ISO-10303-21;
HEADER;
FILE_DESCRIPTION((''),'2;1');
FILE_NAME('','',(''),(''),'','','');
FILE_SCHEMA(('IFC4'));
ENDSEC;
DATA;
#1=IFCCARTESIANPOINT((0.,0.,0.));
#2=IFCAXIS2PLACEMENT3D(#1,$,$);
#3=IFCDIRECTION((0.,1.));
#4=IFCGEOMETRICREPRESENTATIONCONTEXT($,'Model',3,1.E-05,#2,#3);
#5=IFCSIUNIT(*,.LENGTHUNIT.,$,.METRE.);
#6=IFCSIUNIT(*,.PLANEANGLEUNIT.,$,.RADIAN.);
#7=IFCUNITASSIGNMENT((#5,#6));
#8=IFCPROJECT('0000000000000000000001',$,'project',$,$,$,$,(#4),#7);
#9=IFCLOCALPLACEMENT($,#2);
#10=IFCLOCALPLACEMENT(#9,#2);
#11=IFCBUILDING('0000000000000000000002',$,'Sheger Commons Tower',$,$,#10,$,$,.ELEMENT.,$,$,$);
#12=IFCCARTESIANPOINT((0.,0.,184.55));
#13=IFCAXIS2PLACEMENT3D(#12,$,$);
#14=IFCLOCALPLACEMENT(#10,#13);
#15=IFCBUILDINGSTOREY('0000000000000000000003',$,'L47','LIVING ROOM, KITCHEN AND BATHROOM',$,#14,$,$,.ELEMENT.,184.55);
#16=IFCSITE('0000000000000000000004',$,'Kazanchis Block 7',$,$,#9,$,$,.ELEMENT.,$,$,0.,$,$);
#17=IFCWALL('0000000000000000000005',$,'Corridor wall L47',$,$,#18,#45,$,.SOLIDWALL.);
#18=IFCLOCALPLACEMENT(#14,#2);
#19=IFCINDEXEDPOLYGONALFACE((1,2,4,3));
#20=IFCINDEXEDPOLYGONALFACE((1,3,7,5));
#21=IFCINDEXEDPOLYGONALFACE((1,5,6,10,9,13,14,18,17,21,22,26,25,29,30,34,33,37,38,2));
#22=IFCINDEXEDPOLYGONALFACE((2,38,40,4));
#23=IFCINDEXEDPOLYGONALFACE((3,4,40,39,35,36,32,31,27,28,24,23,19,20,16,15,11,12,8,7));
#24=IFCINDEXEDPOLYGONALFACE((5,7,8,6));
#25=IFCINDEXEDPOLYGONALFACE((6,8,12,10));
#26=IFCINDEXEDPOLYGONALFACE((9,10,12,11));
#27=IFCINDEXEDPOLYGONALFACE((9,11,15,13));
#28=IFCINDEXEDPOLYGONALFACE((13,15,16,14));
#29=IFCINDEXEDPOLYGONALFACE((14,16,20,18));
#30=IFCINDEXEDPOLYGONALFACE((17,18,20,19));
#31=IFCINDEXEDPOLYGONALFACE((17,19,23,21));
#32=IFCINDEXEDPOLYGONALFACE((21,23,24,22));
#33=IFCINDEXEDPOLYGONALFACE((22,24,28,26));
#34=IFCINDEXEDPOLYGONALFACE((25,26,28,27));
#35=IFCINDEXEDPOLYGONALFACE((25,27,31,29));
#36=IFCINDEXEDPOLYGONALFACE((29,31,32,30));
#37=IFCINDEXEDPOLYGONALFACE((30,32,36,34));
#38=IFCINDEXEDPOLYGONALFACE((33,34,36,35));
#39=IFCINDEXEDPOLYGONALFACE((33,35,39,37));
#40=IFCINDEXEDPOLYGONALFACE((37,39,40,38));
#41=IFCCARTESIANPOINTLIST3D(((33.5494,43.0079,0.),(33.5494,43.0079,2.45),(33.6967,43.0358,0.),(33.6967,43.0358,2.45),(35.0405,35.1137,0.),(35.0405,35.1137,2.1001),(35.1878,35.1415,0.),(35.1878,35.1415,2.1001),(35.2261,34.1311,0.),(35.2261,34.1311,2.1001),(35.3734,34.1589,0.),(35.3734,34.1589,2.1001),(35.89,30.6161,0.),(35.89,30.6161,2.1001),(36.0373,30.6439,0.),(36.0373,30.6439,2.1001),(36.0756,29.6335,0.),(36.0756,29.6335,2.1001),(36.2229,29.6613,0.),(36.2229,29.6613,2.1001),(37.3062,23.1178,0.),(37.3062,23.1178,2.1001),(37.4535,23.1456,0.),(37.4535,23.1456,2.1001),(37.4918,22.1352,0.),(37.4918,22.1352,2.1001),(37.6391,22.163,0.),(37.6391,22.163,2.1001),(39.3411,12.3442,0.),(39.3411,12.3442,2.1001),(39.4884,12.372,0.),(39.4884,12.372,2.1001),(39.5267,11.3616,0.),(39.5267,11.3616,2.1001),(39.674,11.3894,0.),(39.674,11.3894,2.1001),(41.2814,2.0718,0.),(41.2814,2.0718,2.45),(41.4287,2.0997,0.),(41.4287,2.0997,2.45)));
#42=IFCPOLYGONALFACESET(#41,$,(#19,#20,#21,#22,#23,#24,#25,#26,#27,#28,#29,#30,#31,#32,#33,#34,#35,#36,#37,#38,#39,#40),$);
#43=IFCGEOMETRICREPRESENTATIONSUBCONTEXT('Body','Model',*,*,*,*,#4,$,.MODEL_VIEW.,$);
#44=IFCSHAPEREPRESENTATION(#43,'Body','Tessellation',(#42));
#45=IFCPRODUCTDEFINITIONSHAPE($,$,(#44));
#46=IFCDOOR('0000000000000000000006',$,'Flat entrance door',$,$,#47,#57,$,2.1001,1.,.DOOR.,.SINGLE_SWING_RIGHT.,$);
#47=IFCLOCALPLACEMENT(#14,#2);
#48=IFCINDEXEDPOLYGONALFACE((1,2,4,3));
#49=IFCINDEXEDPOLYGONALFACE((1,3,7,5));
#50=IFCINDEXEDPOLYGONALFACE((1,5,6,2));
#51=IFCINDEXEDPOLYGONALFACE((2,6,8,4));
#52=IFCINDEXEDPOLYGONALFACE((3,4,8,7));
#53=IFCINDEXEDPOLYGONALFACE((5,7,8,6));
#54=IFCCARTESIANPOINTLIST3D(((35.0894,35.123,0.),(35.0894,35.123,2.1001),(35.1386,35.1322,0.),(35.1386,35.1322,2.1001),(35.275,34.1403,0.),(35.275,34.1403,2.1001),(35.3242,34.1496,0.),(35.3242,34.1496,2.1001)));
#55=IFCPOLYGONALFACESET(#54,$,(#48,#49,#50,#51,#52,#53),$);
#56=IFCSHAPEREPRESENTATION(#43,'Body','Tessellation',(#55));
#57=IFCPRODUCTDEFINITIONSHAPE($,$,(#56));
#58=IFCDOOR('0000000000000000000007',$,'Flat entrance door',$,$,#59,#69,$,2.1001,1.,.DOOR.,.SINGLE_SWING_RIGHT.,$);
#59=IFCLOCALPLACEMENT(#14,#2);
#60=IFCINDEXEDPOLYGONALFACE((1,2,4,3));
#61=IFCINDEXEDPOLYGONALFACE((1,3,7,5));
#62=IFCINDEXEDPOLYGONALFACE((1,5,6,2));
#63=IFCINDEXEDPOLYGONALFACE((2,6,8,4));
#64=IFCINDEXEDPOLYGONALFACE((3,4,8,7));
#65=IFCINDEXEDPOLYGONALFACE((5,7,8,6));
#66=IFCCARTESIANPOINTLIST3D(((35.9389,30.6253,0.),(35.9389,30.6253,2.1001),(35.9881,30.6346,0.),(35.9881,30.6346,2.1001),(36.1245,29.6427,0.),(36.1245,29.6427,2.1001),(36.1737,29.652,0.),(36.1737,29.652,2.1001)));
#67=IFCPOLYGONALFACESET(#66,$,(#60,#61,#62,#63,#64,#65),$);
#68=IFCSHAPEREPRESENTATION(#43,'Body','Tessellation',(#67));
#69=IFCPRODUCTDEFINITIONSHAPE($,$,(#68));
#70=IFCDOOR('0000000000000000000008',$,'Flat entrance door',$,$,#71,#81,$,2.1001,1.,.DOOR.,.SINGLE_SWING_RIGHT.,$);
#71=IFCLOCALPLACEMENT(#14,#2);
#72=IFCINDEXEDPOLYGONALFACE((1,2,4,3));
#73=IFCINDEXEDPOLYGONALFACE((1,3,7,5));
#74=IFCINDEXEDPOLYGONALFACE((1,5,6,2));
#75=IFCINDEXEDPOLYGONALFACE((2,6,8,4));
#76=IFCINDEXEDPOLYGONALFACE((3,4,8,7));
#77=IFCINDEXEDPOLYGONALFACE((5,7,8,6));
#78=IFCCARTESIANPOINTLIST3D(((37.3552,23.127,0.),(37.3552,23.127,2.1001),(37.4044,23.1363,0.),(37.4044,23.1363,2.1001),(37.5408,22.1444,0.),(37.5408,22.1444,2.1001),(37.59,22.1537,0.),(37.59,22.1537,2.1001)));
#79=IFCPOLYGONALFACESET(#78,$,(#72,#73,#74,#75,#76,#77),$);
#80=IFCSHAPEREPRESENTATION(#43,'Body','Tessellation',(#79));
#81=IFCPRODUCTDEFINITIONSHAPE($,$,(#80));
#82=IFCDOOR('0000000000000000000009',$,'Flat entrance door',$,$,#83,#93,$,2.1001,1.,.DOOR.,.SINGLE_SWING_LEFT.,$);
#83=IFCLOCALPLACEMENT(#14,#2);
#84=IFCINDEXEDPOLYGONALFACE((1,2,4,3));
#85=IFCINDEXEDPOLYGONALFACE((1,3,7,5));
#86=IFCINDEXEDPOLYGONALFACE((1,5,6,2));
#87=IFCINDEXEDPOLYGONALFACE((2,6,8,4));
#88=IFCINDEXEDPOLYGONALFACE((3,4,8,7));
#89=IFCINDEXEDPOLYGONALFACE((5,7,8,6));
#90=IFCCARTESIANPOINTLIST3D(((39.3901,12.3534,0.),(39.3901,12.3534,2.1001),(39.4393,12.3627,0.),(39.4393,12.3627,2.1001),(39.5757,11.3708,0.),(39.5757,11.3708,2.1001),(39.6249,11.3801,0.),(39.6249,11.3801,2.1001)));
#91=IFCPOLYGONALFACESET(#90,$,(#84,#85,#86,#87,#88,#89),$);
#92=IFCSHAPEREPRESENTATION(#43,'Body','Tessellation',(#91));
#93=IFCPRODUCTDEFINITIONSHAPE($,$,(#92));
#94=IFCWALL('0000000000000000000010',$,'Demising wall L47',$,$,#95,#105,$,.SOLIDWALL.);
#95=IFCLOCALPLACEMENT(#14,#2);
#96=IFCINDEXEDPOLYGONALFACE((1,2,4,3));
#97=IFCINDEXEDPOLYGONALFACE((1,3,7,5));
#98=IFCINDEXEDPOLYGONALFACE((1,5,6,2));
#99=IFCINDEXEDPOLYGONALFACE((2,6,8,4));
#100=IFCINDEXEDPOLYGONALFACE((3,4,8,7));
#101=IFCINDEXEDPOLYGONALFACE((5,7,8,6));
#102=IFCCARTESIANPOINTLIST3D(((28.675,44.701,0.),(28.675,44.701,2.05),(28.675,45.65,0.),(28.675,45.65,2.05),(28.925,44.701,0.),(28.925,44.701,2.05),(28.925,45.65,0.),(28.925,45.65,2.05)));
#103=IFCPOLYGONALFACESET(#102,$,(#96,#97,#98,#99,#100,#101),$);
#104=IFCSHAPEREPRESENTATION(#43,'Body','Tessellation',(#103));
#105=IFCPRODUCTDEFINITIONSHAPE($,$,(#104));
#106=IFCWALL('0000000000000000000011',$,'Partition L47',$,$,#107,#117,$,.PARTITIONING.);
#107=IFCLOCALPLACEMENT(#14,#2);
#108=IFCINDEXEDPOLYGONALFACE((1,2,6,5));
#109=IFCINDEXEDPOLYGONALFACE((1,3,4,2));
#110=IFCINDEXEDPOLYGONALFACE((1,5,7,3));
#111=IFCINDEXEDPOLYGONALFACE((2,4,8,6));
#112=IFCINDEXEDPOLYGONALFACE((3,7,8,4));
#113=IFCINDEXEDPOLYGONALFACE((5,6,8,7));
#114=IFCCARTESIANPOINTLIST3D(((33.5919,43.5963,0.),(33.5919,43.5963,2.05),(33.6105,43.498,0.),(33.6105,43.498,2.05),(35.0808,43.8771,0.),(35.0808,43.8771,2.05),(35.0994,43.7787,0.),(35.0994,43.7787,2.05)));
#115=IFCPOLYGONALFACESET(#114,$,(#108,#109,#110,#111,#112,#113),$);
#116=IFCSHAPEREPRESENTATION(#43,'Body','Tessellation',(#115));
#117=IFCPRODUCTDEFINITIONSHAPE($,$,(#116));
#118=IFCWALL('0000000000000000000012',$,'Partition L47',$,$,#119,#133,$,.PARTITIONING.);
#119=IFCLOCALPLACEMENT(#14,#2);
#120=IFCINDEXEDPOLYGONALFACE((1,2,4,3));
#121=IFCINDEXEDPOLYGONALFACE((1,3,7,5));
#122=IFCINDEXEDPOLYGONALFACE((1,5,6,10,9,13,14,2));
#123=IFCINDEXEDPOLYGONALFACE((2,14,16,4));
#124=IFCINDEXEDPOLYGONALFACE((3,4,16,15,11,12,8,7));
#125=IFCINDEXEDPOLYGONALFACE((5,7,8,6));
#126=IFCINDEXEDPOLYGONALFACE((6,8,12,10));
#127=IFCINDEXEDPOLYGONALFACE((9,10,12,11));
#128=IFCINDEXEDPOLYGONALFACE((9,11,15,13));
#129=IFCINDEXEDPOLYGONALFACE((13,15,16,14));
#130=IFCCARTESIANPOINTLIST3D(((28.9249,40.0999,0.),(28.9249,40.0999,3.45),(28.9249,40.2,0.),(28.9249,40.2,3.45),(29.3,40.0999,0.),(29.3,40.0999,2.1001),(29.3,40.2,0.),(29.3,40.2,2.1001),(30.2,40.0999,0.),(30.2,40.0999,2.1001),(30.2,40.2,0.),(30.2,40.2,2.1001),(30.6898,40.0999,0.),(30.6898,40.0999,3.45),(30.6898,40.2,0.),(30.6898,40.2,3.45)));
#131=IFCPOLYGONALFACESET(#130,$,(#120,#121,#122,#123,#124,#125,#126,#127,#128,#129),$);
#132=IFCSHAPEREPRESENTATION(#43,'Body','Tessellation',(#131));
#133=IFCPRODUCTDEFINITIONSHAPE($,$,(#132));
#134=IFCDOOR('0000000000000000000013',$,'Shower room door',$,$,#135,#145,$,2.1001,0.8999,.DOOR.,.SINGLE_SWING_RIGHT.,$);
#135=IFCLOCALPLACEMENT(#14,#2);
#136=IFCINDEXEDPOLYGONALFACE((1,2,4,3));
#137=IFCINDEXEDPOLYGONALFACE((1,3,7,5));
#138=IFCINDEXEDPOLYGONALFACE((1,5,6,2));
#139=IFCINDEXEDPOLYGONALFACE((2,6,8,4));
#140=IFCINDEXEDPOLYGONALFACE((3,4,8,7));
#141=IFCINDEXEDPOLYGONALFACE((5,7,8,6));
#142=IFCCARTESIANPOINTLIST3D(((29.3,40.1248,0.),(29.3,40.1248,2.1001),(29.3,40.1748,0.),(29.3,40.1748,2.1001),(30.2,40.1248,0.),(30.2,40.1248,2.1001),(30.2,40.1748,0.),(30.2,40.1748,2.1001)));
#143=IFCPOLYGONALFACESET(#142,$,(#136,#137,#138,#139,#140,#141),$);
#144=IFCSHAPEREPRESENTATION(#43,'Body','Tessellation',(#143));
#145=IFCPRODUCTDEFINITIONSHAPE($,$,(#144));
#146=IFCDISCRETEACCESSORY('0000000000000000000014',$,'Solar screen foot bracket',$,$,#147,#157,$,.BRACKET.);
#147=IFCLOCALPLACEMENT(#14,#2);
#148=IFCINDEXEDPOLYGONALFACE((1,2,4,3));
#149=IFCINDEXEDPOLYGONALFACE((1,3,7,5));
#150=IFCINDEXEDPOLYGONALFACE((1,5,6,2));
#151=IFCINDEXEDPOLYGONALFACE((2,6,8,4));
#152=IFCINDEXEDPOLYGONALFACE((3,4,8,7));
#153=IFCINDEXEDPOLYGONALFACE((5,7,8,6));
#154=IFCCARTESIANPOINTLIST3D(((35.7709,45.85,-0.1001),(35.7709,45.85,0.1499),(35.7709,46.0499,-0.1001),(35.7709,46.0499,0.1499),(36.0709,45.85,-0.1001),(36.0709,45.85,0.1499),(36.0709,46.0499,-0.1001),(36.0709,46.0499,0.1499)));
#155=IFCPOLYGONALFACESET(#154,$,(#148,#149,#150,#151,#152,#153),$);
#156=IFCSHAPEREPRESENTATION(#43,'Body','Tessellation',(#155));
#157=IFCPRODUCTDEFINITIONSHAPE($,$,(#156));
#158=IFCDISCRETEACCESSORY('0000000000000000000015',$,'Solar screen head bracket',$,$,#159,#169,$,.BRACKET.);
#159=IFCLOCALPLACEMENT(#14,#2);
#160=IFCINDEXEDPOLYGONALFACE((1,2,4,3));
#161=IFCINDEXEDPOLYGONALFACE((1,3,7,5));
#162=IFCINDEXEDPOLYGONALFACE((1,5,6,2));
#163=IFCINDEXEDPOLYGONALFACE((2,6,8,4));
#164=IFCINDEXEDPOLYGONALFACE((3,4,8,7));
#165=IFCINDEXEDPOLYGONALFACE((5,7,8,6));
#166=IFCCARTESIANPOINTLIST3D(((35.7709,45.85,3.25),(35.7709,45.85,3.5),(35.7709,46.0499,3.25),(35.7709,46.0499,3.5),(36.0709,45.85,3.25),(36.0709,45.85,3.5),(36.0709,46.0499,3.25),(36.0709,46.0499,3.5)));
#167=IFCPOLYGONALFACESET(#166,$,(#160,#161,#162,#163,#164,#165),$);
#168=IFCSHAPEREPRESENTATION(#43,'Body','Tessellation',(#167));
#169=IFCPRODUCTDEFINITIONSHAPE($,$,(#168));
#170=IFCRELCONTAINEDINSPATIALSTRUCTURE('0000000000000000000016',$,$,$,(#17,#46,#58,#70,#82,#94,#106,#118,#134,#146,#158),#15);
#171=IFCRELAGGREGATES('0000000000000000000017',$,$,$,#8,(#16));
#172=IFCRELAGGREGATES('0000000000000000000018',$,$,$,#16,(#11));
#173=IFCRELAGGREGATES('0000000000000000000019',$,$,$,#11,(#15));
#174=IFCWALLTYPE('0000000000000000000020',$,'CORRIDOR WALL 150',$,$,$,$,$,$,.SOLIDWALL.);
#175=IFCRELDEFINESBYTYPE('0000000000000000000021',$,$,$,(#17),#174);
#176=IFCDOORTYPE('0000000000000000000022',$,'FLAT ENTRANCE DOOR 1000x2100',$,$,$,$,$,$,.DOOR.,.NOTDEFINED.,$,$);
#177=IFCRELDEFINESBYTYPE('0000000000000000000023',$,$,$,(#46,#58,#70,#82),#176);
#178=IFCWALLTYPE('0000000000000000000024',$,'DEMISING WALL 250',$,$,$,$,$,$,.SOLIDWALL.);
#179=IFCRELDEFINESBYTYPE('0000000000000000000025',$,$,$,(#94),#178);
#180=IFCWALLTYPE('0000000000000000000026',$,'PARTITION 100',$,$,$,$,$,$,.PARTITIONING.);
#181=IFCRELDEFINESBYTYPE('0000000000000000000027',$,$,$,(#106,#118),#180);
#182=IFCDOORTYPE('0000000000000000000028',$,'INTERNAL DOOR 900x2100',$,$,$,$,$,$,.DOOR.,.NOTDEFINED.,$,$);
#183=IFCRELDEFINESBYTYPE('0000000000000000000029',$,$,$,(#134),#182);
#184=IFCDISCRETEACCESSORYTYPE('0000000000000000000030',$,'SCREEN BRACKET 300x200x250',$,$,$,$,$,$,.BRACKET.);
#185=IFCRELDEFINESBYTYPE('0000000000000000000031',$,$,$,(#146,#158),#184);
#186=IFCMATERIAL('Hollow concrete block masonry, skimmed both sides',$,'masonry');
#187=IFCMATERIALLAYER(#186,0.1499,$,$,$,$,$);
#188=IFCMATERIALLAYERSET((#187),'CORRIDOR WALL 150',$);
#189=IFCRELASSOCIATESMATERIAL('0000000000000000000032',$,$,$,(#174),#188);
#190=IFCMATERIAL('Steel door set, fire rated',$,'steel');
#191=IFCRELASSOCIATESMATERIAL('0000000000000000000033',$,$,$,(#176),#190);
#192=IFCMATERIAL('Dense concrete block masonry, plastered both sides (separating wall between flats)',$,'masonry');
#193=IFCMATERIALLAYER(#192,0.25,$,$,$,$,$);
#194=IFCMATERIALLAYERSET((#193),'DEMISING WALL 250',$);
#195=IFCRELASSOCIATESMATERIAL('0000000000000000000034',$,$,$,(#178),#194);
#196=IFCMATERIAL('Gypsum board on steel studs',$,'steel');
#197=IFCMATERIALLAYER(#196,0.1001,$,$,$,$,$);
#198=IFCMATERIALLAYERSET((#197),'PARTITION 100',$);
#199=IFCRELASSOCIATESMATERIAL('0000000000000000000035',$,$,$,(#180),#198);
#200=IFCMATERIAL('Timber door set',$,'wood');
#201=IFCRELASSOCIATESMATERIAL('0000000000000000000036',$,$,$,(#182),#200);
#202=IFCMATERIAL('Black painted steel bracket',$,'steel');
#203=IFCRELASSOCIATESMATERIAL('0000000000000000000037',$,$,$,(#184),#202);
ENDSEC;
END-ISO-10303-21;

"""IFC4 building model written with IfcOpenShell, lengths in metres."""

from ifc_helpers import new_model, si_unit, direction, frame, frame_2d, origin, origin_2d, place, context, subcontext, project, spatial, rectangle, extrude, material, layer, layer_set, type_object, element, fill, save


model = new_model("IFC4")

# Units and contexts
model_context = context("Model", 3, precision=1e-05, world=origin(), true_north=direction((0.0, 1.0)))
body_context = subcontext(model_context, "Body", "Model", "MODEL_VIEW")
ifc_project = project(units=[si_unit("LENGTHUNIT", "METRE"), si_unit("PLANEANGLEUNIT", "RADIAN")], contexts=[model_context])

# Site, building, storey
site_placement = place(None, origin())
site = spatial("IfcSite", under=ifc_project, at=site_placement, Name="Kazanchis Block 7", CompositionType="ELEMENT", RefElevation=0.0)
building_placement = place(site_placement, origin())
building = spatial("IfcBuilding", under=site, at=building_placement, Name="Sheger Commons Tower", CompositionType="ELEMENT")
storey_placement = place(building_placement, frame((0.0, 0.0, 184.55)))
storey = spatial("IfcBuildingStorey", under=building, at=storey_placement, Name="L47", Description="LIVING ROOM, KITCHEN AND BATHROOM", CompositionType="ELEMENT", Elevation=184.55)

# Shared definitions
ifc_material_1 = material(Name="Hollow concrete block masonry, skimmed both sides", Category="masonry")
ifc_layer_1 = layer(ifc_material_1, 0.1499)
ifc_layer_set_1 = layer_set([ifc_layer_1], Name="CORRIDOR WALL 150")
wall_type_1 = type_object("IfcWallType", Name="CORRIDOR WALL 150", PredefinedType="SOLIDWALL", material=ifc_layer_set_1)

# Wall, openings, doors
wall_1_placement = place(storey_placement, frame((33.623, 43.022, 0.0), z_axis=(0.0, 0.0, 1.0), x_axis=(0.185597, -0.982626, 0.0)))
wall_1 = element("IfcWall", 1, at=wall_1_placement, inside=storey, type_object=wall_type_1, Name="Corridor wall L47", PredefinedType="SOLIDWALL", context=body_context, shape_type="SweptSolid", body=[
    extrude(rectangle(XDim=41.6599, YDim=0.1499, at=frame_2d((20.8301, 0.0))), origin(), (0.0, 0.0, 1.0), 2.45),
])
opening_1_placement = place(wall_1_placement, frame((8.0339, 0.0, 0.0)))
opening_1 = element("IfcOpeningElement", 2, at=opening_1_placement, cuts=wall_1, PredefinedType="OPENING", context=body_context, shape_type="SweptSolid", body=[
    extrude(rectangle(XDim=1.0, YDim=2.1001, at=frame_2d((0.5, 1.05))), frame((0.0, 0.085, 0.0), z_axis=(0.0, -1.0, 0.0), x_axis=(1.0, 0.0, 0.0)), (0.0, 0.0, 1.0), 0.1699),
])
opening_2_placement = place(wall_1_placement, frame((12.6111, 0.0, 0.0)))
opening_2 = element("IfcOpeningElement", 3, at=opening_2_placement, cuts=wall_1, PredefinedType="OPENING", context=body_context, shape_type="SweptSolid", body=[
    extrude(rectangle(XDim=1.0, YDim=2.1001, at=frame_2d((0.5, 1.05))), frame((0.0, 0.085, 0.0), z_axis=(0.0, -1.0, 0.0), x_axis=(1.0, 0.0, 0.0)), (0.0, 0.0, 1.0), 0.1699),
])
opening_3_placement = place(wall_1_placement, frame((20.2419, 0.0, 0.0)))
opening_3 = element("IfcOpeningElement", 4, at=opening_3_placement, cuts=wall_1, PredefinedType="OPENING", context=body_context, shape_type="SweptSolid", body=[
    extrude(rectangle(XDim=1.0, YDim=2.1001, at=frame_2d((0.5, 1.05))), frame((0.0, 0.085, 0.0), z_axis=(0.0, -1.0, 0.0), x_axis=(1.0, 0.0, 0.0)), (0.0, 0.0, 1.0), 0.1699),
])
opening_4_placement = place(wall_1_placement, frame((31.2061, 0.0, 0.0)))
opening_4 = element("IfcOpeningElement", 5, at=opening_4_placement, cuts=wall_1, PredefinedType="OPENING", context=body_context, shape_type="SweptSolid", body=[
    extrude(rectangle(XDim=1.0, YDim=2.1001, at=frame_2d((0.5, 1.05))), frame((0.0, 0.085, 0.0), z_axis=(0.0, -1.0, 0.0), x_axis=(1.0, 0.0, 0.0)), (0.0, 0.0, 1.0), 0.1699),
])
ifc_material_2 = material(Name="Steel door set, fire rated", Category="steel")
door_type_1 = type_object("IfcDoorType", Name="FLAT ENTRANCE DOOR 1000x2100", OperationType="NOTDEFINED", PredefinedType="DOOR", material=ifc_material_2)
door_1_placement = place(opening_1_placement, origin())
door_1 = element("IfcDoor", 6, at=door_1_placement, inside=storey, type_object=door_type_1, Name="Flat entrance door", OperationType="SINGLE_SWING_RIGHT", OverallHeight=2.1001, OverallWidth=1.0, PredefinedType="DOOR", context=body_context, shape_type="SweptSolid", body=[
    extrude(rectangle(XDim=1.0, YDim=2.1001, at=frame_2d((0.5, 1.05))), frame((0.0, 0.0249, 0.0), z_axis=(0.0, -1.0, 0.0), x_axis=(1.0, 0.0, 0.0)), (0.0, 0.0, 1.0), 0.05),
])
fill(opening_1, door_1)
door_2_placement = place(opening_2_placement, origin())
door_2 = element("IfcDoor", 7, at=door_2_placement, inside=storey, type_object=door_type_1, Name="Flat entrance door", OperationType="SINGLE_SWING_RIGHT", OverallHeight=2.1001, OverallWidth=1.0, PredefinedType="DOOR", context=body_context, shape_type="SweptSolid", body=[
    extrude(rectangle(XDim=1.0, YDim=2.1001, at=frame_2d((0.5, 1.05))), frame((0.0, 0.0249, 0.0), z_axis=(0.0, -1.0, 0.0), x_axis=(1.0, 0.0, 0.0)), (0.0, 0.0, 1.0), 0.05),
])
fill(opening_2, door_2)
door_3_placement = place(opening_3_placement, origin())
door_3 = element("IfcDoor", 8, at=door_3_placement, inside=storey, type_object=door_type_1, Name="Flat entrance door", OperationType="SINGLE_SWING_RIGHT", OverallHeight=2.1001, OverallWidth=1.0, PredefinedType="DOOR", context=body_context, shape_type="SweptSolid", body=[
    extrude(rectangle(XDim=1.0, YDim=2.1001, at=frame_2d((0.5, 1.05))), frame((0.0, 0.0249, 0.0), z_axis=(0.0, -1.0, 0.0), x_axis=(1.0, 0.0, 0.0)), (0.0, 0.0, 1.0), 0.05),
])
fill(opening_3, door_3)
door_4_placement = place(opening_4_placement, origin())
door_4 = element("IfcDoor", 9, at=door_4_placement, inside=storey, type_object=door_type_1, Name="Flat entrance door", OperationType="SINGLE_SWING_LEFT", OverallHeight=2.1001, OverallWidth=1.0, PredefinedType="DOOR", context=body_context, shape_type="SweptSolid", body=[
    extrude(rectangle(XDim=1.0, YDim=2.1001, at=frame_2d((0.5, 1.05))), frame((0.0, 0.0249, 0.0), z_axis=(0.0, -1.0, 0.0), x_axis=(1.0, 0.0, 0.0)), (0.0, 0.0, 1.0), 0.05),
])
fill(opening_4, door_4)

# Walls
ifc_material_3 = material(Name="Dense concrete block masonry, plastered both sides (separating wall between flats)", Category="masonry")
ifc_layer_2 = layer(ifc_material_3, 0.25)
ifc_layer_set_2 = layer_set([ifc_layer_2], Name="DEMISING WALL 250")
wall_type_2 = type_object("IfcWallType", Name="DEMISING WALL 250", PredefinedType="SOLIDWALL", material=ifc_layer_set_2)
wall_2_placement = place(storey_placement, frame((28.8, 44.7009, 0.0), z_axis=(0.0, 0.0, 1.0), x_axis=(0.0, 1.0, 0.0)))
element("IfcWall", 10, at=wall_2_placement, inside=storey, type_object=wall_type_2, Name="Demising wall L47", PredefinedType="SOLIDWALL", context=body_context, shape_type="SweptSolid", body=[
    extrude(rectangle(XDim=0.949, YDim=0.25, at=frame_2d((0.4746, 0.0))), origin(), (0.0, 0.0, 1.0), 2.05),
])
ifc_material_4 = material(Name="Gypsum board on steel studs", Category="steel")
ifc_layer_3 = layer(ifc_material_4, 0.1001)
ifc_layer_set_3 = layer_set([ifc_layer_3], Name="PARTITION 100")
wall_type_3 = type_object("IfcWallType", Name="PARTITION 100", PredefinedType="PARTITIONING", material=ifc_layer_set_3)
wall_3_placement = place(storey_placement, frame((35.0901, 43.8279, 0.0), z_axis=(0.0, 0.0, 1.0), x_axis=(-0.982684, -0.18529, 0.0)))
element("IfcWall", 11, at=wall_3_placement, inside=storey, type_object=wall_type_3, Name="Partition L47", PredefinedType="PARTITIONING", context=body_context, shape_type="SweptSolid", body=[
    extrude(rectangle(XDim=1.5151, YDim=0.1001, at=frame_2d((0.7576, 0.0))), origin(), (0.0, 0.0, 1.0), 2.05),
])

# Wall, opening, door
wall_4_placement = place(storey_placement, frame((28.925, 40.1499, 0.0), z_axis=(0.0, 0.0, 1.0), x_axis=(1.0, 0.0, 0.0)))
wall_4 = element("IfcWall", 12, at=wall_4_placement, inside=storey, type_object=wall_type_3, Name="Partition L47", PredefinedType="PARTITIONING", context=body_context, shape_type="SweptSolid", body=[
    extrude(rectangle(XDim=1.7649, YDim=0.1001, at=frame_2d((0.8823, 0.0))), origin(), (0.0, 0.0, 1.0), 3.45),
])
opening_5_placement = place(wall_4_placement, frame((0.375, 0.0, 0.0)))
opening_5 = element("IfcOpeningElement", 13, at=opening_5_placement, cuts=wall_4, PredefinedType="OPENING", context=body_context, shape_type="SweptSolid", body=[
    extrude(rectangle(XDim=0.8999, YDim=2.1001, at=frame_2d((0.45, 1.05))), frame((0.0, 0.0601, 0.0), z_axis=(0.0, -1.0, 0.0), x_axis=(1.0, 0.0, 0.0)), (0.0, 0.0, 1.0), 0.1201),
])
ifc_material_5 = material(Name="Timber door set", Category="wood")
door_type_2 = type_object("IfcDoorType", Name="INTERNAL DOOR 900x2100", OperationType="NOTDEFINED", PredefinedType="DOOR", material=ifc_material_5)
door_5_placement = place(opening_5_placement, origin())
door_5 = element("IfcDoor", 14, at=door_5_placement, inside=storey, type_object=door_type_2, Name="Shower room door", OperationType="SINGLE_SWING_RIGHT", OverallHeight=2.1001, OverallWidth=0.8999, PredefinedType="DOOR", context=body_context, shape_type="SweptSolid", body=[
    extrude(rectangle(XDim=0.8999, YDim=2.1001, at=frame_2d((0.45, 1.05))), frame((0.0, 0.0249, 0.0), z_axis=(0.0, -1.0, 0.0), x_axis=(1.0, 0.0, 0.0)), (0.0, 0.0, 1.0), 0.05),
])
fill(opening_5, door_5)

# Discrete accessories
ifc_material_6 = material(Name="Black painted steel bracket", Category="steel")
discrete_accessory_type = type_object("IfcDiscreteAccessoryType", Name="SCREEN BRACKET 300x200x250", PredefinedType="BRACKET", material=ifc_material_6)
for number, where, z_axis, x_axis, name in (
    (15, (35.9209, 45.95, -0.1001), (0.0, 0.0, 1.0), (-1.0, 0.0, 0.0), "Solar screen foot bracket"),
    (16, (35.9209, 45.95, 3.25), (0.0, 0.0, 1.0), (-1.0, 0.0, 0.0), "Solar screen head bracket"),
):
    element("IfcDiscreteAccessory", number, at=place(storey_placement, frame(where, z_axis=z_axis, x_axis=x_axis)), inside=storey, type_object=discrete_accessory_type, Name=name, PredefinedType="BRACKET", context=body_context, shape_type="SweptSolid", body=[
        extrude(rectangle(XDim=0.3, YDim=0.2, at=origin_2d()), origin(), (0.0, 0.0, 1.0), 0.25),
    ])

save(model, "model.ifc")
